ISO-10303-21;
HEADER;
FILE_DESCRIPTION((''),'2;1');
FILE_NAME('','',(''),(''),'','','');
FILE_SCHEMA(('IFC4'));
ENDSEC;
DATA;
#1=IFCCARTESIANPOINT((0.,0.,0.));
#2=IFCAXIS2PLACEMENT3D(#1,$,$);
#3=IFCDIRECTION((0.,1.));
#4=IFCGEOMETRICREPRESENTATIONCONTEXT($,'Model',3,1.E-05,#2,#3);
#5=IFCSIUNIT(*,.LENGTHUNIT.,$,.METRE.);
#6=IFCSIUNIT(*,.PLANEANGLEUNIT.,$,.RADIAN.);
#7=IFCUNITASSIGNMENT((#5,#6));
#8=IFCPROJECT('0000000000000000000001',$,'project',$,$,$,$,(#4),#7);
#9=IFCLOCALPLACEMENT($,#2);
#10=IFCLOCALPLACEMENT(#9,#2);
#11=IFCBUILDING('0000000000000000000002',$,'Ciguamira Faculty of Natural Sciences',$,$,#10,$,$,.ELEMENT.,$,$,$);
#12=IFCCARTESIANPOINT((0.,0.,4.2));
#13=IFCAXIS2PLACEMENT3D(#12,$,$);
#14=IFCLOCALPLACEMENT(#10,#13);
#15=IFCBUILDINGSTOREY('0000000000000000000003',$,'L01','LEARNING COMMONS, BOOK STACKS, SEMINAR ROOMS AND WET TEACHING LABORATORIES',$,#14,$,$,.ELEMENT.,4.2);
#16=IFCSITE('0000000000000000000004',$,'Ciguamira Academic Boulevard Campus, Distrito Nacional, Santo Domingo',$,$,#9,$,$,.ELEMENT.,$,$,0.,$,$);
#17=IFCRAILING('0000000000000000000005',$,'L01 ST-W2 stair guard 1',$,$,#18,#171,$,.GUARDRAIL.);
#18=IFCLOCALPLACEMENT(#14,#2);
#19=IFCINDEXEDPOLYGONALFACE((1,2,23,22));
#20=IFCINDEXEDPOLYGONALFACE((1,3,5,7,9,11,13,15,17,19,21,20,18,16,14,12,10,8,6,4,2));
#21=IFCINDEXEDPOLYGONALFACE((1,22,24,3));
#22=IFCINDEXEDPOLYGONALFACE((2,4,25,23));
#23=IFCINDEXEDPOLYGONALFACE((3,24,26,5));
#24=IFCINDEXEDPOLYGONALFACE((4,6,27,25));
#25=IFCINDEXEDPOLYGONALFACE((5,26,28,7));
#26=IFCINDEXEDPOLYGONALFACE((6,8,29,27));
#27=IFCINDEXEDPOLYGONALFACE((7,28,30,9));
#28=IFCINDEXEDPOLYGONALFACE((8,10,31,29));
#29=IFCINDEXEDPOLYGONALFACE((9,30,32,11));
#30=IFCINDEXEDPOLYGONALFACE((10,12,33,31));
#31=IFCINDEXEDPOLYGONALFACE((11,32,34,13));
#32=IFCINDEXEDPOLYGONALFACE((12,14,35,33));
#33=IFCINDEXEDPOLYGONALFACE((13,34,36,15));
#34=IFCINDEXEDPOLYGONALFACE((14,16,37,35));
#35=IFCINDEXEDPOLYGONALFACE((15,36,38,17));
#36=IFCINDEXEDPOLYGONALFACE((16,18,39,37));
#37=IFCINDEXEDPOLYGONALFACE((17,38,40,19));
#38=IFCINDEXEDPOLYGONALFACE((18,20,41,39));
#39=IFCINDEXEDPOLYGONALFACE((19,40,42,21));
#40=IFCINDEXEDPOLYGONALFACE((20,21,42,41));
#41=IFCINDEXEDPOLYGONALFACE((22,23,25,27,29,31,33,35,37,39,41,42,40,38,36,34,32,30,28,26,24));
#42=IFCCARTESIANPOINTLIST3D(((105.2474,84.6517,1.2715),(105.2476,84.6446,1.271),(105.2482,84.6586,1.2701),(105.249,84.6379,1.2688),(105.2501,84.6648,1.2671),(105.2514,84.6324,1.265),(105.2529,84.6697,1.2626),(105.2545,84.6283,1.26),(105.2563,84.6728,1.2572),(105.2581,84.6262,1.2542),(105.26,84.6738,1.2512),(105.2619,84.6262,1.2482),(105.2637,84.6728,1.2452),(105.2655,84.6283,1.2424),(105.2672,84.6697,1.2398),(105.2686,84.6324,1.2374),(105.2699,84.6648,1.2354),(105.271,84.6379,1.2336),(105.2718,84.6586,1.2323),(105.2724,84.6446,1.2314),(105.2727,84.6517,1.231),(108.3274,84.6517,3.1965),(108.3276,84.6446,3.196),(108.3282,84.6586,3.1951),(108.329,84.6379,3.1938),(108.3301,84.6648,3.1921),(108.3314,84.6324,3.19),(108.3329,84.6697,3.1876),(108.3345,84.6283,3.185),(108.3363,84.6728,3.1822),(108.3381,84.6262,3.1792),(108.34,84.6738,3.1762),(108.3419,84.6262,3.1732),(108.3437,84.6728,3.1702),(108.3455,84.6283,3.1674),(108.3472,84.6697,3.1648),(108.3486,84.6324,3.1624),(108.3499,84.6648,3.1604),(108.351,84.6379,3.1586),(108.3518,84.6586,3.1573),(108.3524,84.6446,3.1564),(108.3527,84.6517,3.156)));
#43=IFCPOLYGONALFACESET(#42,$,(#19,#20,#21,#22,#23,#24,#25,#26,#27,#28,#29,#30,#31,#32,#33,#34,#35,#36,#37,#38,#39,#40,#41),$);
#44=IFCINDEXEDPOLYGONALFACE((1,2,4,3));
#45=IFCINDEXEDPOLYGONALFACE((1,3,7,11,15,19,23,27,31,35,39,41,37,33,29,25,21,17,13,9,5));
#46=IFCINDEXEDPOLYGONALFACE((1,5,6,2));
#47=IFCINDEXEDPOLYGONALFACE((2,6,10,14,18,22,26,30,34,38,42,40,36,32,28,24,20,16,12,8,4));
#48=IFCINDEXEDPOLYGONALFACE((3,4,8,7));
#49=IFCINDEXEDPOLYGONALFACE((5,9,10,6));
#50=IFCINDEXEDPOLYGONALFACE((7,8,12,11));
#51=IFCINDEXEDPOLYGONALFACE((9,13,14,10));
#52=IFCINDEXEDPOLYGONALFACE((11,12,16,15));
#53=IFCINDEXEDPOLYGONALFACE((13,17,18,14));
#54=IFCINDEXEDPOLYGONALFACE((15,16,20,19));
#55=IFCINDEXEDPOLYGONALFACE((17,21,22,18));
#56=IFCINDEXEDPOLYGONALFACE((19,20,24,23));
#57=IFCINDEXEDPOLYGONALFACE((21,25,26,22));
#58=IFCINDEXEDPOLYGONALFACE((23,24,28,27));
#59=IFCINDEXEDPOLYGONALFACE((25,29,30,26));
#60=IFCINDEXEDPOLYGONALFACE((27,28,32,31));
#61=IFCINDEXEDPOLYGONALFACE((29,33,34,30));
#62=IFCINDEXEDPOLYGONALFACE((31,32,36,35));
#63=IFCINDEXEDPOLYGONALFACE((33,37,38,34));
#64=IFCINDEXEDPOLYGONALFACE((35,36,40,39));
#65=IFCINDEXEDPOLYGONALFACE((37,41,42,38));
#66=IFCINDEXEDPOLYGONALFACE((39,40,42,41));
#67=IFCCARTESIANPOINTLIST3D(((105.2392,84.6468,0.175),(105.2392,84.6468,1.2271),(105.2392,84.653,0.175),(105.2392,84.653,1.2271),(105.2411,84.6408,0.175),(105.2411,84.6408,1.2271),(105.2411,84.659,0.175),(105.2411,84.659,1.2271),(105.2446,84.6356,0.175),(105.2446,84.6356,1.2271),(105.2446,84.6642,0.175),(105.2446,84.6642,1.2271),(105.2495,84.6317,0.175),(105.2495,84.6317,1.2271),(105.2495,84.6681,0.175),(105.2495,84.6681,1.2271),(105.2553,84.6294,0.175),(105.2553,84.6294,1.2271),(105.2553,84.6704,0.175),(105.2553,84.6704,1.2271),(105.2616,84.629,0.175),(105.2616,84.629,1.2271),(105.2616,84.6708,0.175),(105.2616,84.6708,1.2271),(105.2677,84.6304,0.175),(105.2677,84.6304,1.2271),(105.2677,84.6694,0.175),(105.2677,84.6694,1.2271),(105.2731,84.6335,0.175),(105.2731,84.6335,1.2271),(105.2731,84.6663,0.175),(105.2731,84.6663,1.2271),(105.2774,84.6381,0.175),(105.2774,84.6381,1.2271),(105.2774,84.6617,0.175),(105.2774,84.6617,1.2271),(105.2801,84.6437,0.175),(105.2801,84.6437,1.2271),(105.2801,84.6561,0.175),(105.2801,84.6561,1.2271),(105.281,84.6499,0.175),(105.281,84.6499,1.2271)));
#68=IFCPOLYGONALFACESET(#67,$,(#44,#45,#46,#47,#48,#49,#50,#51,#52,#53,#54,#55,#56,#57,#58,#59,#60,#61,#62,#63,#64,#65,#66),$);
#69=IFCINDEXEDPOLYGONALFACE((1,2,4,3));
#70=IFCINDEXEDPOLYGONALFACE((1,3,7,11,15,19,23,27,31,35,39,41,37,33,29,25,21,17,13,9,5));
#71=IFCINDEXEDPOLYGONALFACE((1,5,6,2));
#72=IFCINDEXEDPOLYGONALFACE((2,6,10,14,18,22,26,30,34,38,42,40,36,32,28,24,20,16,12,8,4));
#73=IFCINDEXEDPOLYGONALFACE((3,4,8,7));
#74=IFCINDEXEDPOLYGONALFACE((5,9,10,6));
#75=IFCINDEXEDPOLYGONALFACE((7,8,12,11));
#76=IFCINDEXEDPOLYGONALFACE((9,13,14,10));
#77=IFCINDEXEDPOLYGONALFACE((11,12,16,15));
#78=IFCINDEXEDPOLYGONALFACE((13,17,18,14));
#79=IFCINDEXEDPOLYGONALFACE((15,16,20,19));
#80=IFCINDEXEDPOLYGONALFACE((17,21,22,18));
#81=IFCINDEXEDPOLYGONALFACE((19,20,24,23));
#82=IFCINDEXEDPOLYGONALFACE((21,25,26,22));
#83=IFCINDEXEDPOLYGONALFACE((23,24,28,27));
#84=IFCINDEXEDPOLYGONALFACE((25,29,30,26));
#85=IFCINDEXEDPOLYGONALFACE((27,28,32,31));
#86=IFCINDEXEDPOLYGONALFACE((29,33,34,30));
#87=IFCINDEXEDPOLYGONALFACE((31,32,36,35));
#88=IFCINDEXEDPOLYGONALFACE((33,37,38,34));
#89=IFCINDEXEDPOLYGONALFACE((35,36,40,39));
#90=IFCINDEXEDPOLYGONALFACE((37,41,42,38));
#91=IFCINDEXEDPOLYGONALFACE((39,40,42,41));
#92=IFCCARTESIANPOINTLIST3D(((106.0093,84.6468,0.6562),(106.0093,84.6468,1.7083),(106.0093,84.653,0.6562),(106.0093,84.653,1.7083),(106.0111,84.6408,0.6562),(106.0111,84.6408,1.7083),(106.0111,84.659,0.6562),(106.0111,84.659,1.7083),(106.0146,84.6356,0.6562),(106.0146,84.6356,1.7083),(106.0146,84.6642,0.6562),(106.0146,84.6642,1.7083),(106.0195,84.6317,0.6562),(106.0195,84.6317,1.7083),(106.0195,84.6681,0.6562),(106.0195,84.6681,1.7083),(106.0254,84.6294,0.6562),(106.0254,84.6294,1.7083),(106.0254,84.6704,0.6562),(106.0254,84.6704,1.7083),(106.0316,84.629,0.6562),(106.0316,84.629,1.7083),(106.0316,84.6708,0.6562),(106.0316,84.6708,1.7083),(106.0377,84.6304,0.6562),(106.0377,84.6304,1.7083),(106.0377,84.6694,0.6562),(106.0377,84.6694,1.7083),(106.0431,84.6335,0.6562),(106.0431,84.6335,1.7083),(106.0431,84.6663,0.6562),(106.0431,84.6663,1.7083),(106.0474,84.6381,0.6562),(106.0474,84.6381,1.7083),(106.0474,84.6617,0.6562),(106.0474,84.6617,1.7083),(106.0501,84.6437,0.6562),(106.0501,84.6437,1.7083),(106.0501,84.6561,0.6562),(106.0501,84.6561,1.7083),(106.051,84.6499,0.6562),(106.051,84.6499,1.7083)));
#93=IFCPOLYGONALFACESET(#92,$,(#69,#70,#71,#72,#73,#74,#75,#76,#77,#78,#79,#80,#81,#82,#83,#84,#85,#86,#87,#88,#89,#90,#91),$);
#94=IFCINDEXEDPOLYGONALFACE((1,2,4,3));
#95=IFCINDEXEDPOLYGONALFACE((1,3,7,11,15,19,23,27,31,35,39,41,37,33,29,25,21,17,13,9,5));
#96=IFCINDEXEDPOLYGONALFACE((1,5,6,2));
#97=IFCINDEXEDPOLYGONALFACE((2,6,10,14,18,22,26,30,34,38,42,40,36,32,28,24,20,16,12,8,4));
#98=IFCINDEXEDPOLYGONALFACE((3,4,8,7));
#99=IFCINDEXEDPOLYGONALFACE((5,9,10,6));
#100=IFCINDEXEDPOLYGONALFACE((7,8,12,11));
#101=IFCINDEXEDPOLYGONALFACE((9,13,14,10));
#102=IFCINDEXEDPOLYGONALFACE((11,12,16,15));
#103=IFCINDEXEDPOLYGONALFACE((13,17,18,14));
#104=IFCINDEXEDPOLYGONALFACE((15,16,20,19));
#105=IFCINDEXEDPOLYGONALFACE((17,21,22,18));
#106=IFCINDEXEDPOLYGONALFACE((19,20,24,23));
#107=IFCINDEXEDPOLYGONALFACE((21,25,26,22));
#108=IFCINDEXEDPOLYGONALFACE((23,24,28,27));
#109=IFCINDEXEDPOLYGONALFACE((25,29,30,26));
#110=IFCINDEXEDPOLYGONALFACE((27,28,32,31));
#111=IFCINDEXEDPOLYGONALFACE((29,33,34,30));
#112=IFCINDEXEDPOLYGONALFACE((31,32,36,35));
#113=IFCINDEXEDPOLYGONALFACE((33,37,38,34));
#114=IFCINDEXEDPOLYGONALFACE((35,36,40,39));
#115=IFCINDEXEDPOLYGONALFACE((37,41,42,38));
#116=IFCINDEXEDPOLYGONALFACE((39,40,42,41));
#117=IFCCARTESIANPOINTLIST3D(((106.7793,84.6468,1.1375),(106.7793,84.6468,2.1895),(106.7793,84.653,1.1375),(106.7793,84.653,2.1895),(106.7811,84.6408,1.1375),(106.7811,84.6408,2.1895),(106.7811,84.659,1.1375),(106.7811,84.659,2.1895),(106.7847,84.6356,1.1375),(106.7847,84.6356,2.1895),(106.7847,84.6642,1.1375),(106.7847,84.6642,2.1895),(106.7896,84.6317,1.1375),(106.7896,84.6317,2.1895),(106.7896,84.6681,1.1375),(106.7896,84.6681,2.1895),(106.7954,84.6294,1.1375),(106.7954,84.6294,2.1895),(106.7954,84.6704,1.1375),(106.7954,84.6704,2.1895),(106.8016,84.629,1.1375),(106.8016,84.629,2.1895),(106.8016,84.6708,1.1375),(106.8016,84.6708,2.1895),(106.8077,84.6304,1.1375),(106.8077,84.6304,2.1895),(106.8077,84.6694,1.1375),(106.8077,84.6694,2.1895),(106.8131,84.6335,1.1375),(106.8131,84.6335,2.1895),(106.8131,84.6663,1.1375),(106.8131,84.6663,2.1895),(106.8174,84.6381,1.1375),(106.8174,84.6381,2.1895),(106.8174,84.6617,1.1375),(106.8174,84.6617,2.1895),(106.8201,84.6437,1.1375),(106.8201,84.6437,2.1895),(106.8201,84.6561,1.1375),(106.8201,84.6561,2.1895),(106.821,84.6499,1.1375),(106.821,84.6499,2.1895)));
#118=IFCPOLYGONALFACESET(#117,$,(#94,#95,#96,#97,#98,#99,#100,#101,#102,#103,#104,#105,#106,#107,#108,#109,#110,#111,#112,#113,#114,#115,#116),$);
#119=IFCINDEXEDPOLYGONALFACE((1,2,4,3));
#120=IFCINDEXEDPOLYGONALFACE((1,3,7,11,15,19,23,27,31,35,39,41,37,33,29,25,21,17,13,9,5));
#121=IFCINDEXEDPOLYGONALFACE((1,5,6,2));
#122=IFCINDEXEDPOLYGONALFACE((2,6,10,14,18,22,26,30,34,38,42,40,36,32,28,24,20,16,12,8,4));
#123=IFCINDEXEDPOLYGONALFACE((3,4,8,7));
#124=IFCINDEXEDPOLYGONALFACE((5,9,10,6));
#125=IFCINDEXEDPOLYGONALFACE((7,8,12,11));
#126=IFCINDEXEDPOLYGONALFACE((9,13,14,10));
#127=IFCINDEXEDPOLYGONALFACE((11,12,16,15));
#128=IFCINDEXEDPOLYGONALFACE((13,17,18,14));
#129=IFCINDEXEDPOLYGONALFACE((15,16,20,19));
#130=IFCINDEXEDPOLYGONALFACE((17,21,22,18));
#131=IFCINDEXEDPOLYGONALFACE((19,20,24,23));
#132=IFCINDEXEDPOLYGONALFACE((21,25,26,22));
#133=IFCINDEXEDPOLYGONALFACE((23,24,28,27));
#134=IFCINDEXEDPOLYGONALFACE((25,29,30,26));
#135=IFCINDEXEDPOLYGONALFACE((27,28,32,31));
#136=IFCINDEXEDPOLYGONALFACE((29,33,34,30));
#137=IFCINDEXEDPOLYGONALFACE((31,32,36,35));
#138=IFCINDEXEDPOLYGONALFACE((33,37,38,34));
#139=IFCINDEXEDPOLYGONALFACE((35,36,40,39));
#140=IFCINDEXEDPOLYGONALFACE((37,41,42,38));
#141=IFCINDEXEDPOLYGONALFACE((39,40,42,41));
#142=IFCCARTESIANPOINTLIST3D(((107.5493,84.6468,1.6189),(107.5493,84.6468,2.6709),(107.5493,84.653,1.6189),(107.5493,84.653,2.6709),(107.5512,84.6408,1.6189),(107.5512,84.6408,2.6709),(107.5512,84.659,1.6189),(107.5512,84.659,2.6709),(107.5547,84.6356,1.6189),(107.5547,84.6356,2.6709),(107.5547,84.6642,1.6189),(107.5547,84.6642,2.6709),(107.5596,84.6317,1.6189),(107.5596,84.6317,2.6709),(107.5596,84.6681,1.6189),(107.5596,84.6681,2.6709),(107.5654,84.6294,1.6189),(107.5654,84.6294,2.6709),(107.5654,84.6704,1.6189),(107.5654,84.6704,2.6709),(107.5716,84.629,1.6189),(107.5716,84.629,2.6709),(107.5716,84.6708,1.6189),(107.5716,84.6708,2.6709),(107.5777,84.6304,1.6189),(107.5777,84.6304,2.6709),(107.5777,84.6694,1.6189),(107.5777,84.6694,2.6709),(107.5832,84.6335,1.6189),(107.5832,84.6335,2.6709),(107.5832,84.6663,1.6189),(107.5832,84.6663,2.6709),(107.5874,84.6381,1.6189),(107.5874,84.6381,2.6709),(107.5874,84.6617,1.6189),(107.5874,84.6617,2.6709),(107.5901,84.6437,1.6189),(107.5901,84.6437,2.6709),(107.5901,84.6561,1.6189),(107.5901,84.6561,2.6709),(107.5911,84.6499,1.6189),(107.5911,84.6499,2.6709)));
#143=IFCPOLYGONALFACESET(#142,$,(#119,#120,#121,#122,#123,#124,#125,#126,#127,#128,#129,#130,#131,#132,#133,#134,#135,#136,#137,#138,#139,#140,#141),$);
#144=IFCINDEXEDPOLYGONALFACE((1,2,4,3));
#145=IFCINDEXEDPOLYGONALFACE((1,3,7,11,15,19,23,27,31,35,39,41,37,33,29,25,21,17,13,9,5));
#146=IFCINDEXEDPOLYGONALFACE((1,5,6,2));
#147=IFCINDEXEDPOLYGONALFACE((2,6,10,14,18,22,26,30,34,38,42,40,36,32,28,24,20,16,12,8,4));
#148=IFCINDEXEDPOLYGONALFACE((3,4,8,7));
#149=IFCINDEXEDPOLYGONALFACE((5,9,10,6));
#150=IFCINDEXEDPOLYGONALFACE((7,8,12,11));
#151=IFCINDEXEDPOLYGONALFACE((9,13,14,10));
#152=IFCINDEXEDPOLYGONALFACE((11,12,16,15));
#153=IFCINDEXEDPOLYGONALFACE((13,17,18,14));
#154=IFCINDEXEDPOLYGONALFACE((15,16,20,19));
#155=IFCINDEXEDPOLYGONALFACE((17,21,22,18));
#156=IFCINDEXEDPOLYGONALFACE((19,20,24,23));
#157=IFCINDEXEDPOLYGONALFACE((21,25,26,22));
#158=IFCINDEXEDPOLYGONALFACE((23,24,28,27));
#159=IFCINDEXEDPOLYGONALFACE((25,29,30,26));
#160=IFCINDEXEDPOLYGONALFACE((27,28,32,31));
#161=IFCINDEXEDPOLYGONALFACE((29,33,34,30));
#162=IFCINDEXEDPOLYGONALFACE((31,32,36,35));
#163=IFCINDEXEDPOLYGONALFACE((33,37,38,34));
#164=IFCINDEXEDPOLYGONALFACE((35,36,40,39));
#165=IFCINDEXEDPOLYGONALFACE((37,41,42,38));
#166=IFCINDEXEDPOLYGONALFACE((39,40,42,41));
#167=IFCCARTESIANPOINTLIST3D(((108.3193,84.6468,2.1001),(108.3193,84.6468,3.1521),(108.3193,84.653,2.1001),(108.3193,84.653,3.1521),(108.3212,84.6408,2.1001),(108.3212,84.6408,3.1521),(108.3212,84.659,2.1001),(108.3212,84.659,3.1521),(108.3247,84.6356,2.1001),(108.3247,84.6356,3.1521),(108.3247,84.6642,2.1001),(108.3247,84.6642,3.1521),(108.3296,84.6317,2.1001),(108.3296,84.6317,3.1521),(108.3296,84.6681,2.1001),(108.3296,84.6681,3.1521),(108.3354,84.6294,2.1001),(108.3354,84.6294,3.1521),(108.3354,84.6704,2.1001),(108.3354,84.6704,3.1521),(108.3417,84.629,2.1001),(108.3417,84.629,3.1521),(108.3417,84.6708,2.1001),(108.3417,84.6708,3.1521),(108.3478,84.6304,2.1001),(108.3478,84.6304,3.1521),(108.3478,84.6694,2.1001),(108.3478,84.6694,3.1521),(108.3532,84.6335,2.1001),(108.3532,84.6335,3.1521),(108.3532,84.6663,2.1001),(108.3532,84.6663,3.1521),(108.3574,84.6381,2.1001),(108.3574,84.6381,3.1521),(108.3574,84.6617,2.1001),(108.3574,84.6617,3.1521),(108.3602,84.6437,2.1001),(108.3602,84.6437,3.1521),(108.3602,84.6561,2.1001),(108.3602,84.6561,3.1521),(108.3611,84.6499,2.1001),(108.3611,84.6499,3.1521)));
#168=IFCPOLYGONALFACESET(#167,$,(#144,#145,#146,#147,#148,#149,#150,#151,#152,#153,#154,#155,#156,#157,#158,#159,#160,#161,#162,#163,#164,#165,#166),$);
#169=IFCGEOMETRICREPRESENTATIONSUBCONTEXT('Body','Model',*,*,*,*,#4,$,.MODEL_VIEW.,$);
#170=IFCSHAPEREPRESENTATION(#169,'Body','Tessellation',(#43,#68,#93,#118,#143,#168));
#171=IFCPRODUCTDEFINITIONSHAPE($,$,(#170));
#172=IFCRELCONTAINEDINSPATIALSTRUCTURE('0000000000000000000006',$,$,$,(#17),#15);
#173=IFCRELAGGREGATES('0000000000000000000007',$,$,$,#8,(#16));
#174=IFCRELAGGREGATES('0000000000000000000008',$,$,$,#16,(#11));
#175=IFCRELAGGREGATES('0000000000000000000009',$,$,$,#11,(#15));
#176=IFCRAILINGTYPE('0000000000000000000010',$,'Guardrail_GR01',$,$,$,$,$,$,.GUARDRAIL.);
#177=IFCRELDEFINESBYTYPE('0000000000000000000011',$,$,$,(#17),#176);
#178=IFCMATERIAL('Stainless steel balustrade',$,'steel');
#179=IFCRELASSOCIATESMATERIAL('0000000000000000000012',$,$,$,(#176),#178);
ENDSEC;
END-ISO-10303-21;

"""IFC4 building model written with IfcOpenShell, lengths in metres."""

from ifc_helpers import new_model, si_unit, direction, frame, origin, origin_2d, place, context, subcontext, project, spatial, circle, extrude, material, type_object, element, save


model = new_model("IFC4")

# Units and contexts
model_context = context("Model", 3, precision=1e-05, world=origin(), true_north=direction((0.0, 1.0)))
body_context = subcontext(model_context, "Body", "Model", "MODEL_VIEW")
ifc_project = project(units=[si_unit("LENGTHUNIT", "METRE"), si_unit("PLANEANGLEUNIT", "RADIAN")], contexts=[model_context])

# Site, building, storey
site_placement = place(None, origin())
site = spatial("IfcSite", under=ifc_project, at=site_placement, Name="Ciguamira Academic Boulevard Campus, Distrito Nacional, Santo Domingo", CompositionType="ELEMENT", RefElevation=0.0)
building_placement = place(site_placement, origin())
building = spatial("IfcBuilding", under=site, at=building_placement, Name="Ciguamira Faculty of Natural Sciences", CompositionType="ELEMENT")
storey_placement = place(building_placement, frame((0.0, 0.0, 4.2)))
storey = spatial("IfcBuildingStorey", under=building, at=storey_placement, Name="L01", Description="LEARNING COMMONS, BOOK STACKS, SEMINAR ROOMS AND WET TEACHING LABORATORIES", CompositionType="ELEMENT", Elevation=4.2)

# Railing
ifc_material_1 = material(Name="Stainless steel balustrade", Category="steel")
railing_type_1 = type_object("IfcRailingType", Name="Guardrail_GR01", PredefinedType="GUARDRAIL", material=ifc_material_1)
railing_1_placement = place(storey_placement, frame((105.26, 84.6499, 0.175)))
element("IfcRailing", 1, at=railing_1_placement, inside=storey, type_object=railing_type_1, Name="L01 ST-W2 stair guard 1", PredefinedType="GUARDRAIL", context=body_context, shape_type="SweptSolid", body=[
    extrude(circle(Radius=0.0239, at=origin_2d()), frame((0.0, 0.0, 1.0762), z_axis=(0.847998, 0.0, 0.529999), x_axis=(0.0, 1.0, 0.0)), (0.0, 0.0, 1.0), 3.6321),
    extrude(circle(Radius=0.021, at=origin_2d()), origin(), (0.0, 0.0, 1.0), 1.052),
    extrude(circle(Radius=0.021, at=origin_2d()), frame((0.77, 0.0, 0.4812)), (0.0, 0.0, 1.0), 1.052),
    extrude(circle(Radius=0.021, at=origin_2d()), frame((1.54, 0.0, 0.9624)), (0.0, 0.0, 1.0), 1.052),
    extrude(circle(Radius=0.021, at=origin_2d()), frame((2.3101, 0.0, 1.4438)), (0.0, 0.0, 1.0), 1.052),
    extrude(circle(Radius=0.021, at=origin_2d()), frame((3.0801, 0.0, 1.925)), (0.0, 0.0, 1.0), 1.052),
])

save(model, "model.ifc")
